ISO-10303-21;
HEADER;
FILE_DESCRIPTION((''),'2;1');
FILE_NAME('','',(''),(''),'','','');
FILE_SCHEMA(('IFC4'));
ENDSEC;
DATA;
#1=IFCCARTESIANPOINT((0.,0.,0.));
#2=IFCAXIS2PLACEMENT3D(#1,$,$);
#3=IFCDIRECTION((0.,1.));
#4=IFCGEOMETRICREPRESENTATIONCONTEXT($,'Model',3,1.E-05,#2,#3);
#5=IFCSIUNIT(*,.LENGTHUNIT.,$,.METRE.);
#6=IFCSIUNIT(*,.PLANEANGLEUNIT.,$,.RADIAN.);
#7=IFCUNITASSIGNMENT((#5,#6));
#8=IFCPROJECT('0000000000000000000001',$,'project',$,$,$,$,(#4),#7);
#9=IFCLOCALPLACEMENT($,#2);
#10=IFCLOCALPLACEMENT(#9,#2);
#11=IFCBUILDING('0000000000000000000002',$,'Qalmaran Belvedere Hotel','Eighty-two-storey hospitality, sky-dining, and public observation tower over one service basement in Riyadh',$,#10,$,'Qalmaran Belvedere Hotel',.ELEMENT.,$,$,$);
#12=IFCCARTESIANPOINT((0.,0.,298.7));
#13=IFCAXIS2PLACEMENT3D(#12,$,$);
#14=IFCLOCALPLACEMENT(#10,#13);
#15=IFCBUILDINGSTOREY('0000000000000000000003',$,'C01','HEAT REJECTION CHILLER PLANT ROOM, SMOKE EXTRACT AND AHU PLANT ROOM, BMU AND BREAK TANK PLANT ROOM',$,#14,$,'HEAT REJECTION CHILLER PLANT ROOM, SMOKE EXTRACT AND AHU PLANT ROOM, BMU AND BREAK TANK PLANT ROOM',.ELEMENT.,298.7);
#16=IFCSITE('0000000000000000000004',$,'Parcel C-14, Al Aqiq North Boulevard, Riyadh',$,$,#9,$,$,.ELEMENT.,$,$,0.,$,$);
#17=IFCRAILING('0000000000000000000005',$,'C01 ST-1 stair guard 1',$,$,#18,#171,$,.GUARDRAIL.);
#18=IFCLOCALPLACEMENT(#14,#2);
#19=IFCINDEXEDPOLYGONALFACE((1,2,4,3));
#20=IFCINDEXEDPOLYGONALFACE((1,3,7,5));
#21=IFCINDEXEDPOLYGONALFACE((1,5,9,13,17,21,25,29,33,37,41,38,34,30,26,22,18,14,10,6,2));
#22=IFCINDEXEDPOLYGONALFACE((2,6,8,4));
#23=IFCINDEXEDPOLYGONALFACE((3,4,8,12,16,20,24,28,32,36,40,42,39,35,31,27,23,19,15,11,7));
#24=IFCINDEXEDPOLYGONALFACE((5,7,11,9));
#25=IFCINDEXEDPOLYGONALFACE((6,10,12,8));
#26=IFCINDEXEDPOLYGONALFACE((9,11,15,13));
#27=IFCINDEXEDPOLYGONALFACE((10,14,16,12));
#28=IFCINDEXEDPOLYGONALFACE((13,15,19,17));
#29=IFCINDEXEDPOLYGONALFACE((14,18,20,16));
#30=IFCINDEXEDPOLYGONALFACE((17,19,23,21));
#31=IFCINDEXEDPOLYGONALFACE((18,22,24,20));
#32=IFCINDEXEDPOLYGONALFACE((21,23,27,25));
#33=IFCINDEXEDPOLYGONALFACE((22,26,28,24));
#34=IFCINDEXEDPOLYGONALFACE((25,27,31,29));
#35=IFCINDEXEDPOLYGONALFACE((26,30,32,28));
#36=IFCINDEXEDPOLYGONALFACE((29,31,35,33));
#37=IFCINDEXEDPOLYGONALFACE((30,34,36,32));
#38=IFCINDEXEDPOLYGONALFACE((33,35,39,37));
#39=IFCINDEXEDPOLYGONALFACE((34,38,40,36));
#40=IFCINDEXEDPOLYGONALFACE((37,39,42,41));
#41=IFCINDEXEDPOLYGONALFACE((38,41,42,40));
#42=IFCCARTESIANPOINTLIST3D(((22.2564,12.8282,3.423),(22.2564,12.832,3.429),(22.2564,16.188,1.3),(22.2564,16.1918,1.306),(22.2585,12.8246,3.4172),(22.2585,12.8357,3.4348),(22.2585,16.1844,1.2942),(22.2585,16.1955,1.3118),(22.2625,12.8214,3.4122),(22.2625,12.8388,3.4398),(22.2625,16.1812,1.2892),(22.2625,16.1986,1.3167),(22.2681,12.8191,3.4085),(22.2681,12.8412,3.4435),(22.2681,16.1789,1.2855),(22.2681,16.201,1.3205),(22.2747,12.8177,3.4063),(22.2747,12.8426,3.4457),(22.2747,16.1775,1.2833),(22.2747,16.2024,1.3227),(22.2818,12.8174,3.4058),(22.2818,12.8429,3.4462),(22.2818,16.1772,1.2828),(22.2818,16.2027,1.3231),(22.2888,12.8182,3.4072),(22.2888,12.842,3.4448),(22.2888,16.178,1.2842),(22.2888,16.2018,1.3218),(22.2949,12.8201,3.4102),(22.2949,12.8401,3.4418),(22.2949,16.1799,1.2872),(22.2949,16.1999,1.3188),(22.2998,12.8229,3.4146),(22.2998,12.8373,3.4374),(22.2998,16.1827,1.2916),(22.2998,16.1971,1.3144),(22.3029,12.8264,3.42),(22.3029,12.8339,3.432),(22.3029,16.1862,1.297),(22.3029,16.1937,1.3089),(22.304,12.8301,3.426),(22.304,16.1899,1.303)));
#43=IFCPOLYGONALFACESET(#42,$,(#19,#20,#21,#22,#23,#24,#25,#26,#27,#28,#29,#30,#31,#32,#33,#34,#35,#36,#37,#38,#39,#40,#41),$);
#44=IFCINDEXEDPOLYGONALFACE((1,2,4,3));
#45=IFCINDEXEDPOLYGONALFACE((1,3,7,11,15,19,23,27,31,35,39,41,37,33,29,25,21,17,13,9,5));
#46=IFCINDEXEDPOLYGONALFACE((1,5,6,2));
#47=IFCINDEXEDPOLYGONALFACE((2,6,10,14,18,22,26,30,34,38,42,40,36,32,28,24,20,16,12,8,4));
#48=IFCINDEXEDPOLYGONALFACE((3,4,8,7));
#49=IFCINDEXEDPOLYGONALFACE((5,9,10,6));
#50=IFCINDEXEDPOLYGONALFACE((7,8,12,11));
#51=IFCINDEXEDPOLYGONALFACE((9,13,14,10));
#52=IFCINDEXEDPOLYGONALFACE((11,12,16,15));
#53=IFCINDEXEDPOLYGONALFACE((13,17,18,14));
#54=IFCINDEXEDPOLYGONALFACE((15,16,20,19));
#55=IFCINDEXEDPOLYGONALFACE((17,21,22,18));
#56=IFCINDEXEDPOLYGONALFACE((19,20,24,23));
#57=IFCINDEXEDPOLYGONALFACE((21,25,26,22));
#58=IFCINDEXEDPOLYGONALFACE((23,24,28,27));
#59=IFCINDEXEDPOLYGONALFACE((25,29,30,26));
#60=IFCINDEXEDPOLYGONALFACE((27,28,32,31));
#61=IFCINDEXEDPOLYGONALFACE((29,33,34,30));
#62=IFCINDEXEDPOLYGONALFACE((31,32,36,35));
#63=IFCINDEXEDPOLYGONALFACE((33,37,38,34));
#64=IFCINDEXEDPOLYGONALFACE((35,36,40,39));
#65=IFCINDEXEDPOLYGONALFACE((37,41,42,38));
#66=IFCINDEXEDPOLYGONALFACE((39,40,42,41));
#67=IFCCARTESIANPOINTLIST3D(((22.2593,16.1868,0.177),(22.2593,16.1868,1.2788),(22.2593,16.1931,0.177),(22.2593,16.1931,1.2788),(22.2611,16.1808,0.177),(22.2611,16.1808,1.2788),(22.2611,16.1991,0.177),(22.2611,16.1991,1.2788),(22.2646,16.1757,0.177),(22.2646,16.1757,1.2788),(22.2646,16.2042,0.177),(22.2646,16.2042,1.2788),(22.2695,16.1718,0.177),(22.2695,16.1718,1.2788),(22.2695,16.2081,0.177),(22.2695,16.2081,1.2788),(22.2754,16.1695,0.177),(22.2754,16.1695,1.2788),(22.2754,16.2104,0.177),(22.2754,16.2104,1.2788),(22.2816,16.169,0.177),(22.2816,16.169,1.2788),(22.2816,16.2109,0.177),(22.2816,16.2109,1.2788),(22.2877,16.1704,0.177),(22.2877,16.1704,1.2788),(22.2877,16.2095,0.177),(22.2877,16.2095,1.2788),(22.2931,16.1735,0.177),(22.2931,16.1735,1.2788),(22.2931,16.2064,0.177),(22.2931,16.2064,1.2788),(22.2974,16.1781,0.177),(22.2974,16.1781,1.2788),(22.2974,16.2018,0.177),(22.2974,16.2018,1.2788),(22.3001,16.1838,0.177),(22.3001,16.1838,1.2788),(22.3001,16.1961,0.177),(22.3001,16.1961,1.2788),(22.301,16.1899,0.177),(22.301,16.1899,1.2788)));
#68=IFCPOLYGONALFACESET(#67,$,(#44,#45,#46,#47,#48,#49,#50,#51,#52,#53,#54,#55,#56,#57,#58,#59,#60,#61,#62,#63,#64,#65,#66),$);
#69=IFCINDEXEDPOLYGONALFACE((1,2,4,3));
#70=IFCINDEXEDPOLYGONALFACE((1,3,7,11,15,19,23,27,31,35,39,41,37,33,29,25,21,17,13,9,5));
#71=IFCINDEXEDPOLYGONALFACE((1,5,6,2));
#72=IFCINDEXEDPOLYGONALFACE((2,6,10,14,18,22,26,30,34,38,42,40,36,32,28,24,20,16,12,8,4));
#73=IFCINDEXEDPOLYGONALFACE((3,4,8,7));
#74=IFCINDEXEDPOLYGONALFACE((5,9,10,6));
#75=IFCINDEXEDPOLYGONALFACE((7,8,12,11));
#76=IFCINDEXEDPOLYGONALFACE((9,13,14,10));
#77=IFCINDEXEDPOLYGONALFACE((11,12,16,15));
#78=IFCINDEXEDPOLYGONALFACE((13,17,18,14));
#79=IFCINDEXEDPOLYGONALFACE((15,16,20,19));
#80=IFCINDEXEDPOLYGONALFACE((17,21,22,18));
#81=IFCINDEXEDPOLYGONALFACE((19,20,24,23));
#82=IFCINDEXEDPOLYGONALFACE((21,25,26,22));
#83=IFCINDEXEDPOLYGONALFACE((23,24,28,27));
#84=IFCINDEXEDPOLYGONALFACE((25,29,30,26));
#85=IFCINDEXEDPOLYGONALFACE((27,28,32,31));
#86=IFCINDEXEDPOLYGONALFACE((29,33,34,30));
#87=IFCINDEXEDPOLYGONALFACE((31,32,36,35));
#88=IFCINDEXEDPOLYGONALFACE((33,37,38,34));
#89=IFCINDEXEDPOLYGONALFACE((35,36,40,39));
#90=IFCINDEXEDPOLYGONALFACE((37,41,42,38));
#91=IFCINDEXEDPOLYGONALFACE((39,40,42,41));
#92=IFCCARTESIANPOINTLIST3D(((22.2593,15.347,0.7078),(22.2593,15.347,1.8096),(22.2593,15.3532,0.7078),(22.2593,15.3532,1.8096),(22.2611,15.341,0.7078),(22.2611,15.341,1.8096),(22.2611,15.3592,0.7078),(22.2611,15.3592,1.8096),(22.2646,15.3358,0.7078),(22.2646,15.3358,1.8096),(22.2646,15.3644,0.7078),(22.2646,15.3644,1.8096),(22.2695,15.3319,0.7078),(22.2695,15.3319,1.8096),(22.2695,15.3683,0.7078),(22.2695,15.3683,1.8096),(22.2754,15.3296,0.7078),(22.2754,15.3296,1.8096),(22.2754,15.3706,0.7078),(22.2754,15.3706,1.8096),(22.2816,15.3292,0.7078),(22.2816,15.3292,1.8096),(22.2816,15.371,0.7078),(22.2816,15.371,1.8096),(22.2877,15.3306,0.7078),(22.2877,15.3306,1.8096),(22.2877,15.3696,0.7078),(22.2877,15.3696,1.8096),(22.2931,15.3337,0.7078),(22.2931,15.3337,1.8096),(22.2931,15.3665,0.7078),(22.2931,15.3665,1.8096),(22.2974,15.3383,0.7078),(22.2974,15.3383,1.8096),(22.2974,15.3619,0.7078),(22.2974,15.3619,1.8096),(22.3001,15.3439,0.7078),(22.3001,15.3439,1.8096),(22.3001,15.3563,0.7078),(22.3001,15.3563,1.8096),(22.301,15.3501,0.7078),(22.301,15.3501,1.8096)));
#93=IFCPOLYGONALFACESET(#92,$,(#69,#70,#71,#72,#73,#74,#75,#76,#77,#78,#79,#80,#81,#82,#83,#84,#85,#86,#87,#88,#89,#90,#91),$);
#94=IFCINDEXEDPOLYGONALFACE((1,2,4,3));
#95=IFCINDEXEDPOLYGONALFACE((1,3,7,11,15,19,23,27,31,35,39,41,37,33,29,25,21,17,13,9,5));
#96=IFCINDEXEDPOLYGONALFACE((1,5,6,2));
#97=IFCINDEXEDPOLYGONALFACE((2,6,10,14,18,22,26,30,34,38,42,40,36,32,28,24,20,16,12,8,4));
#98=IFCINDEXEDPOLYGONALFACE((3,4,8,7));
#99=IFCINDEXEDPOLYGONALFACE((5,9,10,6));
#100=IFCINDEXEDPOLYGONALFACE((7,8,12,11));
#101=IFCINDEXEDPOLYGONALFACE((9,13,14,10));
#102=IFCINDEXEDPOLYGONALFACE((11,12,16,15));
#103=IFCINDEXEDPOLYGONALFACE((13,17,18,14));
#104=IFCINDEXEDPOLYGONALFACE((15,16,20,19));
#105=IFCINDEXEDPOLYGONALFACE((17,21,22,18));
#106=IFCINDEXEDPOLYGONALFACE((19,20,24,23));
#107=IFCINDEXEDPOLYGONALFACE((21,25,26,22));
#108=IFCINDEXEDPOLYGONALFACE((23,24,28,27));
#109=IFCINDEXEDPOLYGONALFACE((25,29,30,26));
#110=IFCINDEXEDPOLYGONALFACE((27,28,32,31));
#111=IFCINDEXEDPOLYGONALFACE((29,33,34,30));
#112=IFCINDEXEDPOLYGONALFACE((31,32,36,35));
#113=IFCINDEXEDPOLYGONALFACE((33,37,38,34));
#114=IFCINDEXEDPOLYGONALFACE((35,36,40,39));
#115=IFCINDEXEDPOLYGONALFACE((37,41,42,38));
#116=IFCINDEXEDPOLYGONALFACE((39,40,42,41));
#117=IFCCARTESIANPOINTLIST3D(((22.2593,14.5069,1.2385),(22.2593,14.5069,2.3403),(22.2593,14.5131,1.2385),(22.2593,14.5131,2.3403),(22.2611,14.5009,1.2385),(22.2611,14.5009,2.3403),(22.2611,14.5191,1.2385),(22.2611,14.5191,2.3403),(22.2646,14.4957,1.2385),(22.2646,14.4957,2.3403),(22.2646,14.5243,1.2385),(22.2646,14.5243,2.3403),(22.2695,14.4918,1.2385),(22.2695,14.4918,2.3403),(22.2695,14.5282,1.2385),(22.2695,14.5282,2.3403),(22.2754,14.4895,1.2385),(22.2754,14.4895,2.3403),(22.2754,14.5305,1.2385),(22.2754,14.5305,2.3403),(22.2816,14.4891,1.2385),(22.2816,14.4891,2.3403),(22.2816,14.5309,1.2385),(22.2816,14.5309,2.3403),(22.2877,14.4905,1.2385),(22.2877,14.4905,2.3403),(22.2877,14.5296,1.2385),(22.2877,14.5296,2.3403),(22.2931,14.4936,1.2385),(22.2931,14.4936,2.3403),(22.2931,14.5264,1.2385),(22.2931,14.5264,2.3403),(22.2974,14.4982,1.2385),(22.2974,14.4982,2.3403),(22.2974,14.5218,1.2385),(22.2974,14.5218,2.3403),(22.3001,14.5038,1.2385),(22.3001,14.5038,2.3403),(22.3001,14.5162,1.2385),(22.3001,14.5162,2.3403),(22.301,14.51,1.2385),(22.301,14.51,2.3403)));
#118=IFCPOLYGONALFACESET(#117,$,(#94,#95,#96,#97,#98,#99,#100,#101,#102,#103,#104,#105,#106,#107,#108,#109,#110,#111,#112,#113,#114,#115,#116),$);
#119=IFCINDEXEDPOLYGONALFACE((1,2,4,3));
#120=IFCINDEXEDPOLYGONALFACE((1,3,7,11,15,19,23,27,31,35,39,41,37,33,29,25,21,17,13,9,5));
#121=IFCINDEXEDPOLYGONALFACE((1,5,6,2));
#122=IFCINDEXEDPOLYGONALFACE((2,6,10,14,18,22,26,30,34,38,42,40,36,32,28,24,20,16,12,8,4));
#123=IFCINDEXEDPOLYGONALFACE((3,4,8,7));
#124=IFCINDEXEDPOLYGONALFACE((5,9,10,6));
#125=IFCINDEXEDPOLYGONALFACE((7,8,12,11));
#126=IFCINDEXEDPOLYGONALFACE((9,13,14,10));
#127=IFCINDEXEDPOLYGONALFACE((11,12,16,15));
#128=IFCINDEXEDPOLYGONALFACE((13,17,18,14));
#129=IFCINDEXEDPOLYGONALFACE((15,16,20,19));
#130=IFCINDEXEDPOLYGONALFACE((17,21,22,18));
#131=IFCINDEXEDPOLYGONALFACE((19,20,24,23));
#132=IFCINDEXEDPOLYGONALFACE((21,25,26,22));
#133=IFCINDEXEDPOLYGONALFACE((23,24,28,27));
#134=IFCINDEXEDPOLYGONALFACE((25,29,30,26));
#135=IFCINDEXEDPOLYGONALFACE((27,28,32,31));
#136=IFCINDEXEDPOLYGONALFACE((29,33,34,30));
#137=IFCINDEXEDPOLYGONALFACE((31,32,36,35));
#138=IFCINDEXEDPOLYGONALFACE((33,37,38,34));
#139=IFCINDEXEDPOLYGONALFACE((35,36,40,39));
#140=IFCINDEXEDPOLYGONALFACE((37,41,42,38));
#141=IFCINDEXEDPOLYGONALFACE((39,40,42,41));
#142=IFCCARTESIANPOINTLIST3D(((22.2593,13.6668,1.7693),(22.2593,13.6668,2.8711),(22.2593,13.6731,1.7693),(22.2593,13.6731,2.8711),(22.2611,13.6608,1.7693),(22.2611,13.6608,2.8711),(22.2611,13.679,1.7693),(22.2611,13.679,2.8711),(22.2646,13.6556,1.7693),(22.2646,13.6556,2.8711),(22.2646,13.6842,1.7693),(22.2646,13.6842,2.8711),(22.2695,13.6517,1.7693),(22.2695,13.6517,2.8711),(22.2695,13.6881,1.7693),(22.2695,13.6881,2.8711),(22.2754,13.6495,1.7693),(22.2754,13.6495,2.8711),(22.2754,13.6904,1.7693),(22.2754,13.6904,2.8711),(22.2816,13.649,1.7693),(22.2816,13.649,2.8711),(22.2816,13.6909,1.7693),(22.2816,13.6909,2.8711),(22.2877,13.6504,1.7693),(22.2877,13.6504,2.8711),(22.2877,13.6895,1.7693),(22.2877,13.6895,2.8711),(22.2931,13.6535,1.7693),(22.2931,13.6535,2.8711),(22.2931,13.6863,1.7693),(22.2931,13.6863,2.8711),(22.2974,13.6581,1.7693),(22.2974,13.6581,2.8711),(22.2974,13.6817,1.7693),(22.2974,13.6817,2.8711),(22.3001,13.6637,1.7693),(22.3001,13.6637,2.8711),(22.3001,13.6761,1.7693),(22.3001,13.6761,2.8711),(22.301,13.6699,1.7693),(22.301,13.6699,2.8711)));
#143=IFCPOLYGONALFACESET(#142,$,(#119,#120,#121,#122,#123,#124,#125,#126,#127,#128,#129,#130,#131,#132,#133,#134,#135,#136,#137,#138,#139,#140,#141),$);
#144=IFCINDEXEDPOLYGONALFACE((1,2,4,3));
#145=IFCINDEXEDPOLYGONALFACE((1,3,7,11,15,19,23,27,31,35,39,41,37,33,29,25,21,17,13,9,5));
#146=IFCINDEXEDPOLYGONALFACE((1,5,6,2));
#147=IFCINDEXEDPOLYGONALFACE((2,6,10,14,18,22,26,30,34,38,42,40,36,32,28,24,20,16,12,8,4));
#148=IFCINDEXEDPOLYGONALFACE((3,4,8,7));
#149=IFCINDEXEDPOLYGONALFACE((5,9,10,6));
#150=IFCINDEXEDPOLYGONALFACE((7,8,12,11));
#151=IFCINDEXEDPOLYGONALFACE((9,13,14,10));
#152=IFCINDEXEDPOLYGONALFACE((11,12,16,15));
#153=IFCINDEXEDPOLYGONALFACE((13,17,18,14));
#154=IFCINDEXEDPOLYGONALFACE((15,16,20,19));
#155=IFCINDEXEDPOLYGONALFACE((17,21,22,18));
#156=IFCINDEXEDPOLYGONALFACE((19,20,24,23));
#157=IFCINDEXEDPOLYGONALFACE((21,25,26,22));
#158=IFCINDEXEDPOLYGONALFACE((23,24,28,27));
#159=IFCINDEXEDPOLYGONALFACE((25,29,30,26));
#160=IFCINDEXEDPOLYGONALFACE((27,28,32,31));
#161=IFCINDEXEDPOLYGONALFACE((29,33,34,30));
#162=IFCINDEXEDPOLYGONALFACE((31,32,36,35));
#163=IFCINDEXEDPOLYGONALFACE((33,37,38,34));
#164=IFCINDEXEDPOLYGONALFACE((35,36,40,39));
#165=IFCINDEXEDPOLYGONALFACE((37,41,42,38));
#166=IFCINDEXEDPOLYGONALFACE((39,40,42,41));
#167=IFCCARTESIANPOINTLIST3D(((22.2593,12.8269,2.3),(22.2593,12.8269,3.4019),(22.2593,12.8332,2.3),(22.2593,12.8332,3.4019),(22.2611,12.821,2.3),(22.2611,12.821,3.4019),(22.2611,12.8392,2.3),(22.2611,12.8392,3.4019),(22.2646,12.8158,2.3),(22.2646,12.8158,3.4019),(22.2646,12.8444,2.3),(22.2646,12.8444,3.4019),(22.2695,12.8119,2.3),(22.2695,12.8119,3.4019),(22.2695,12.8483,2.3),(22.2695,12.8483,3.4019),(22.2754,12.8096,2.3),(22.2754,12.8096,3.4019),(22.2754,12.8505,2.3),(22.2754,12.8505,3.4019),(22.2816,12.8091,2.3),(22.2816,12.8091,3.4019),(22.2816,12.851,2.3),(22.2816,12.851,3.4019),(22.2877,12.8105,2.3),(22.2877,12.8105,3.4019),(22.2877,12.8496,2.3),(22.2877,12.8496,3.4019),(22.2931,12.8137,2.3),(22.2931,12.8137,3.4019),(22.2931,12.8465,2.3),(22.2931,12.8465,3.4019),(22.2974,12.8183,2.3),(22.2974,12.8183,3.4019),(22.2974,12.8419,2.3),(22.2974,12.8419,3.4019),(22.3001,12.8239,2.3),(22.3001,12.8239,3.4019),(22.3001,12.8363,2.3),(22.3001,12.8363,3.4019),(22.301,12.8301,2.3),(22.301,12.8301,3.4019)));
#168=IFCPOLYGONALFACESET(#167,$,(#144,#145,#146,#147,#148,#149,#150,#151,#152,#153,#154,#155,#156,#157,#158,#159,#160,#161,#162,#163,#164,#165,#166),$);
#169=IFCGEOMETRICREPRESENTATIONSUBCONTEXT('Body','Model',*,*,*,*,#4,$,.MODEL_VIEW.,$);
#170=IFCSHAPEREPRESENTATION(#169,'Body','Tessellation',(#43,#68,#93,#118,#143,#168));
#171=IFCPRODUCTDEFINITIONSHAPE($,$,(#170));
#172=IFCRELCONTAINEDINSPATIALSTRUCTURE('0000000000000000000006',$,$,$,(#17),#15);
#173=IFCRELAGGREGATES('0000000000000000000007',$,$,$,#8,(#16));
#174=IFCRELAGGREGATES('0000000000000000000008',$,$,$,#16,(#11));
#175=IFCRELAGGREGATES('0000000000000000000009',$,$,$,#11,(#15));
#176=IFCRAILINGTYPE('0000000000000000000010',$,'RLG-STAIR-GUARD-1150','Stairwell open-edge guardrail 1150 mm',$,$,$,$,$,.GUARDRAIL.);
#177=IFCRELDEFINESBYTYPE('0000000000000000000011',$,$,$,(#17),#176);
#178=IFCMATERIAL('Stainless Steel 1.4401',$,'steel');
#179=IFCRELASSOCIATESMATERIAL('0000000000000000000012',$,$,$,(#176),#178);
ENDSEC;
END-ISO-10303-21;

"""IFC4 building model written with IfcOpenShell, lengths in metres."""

from ifc_helpers import new_model, si_unit, direction, frame, origin, origin_2d, place, context, subcontext, project, spatial, circle, extrude, material, type_object, element, save


model = new_model("IFC4")

# Units and contexts
model_context = context("Model", 3, precision=1e-05, world=origin(), true_north=direction((0.0, 1.0)))
body_context = subcontext(model_context, "Body", "Model", "MODEL_VIEW")
ifc_project = project(units=[si_unit("LENGTHUNIT", "METRE"), si_unit("PLANEANGLEUNIT", "RADIAN")], contexts=[model_context])

# Site, building, storey
site_placement = place(None, origin())
site = spatial("IfcSite", under=ifc_project, at=site_placement, Name="Parcel C-14, Al Aqiq North Boulevard, Riyadh", CompositionType="ELEMENT", RefElevation=0.0)
building_placement = place(site_placement, origin())
building = spatial("IfcBuilding", under=site, at=building_placement, Name="Qalmaran Belvedere Hotel", Description="Eighty-two-storey hospitality, sky-dining, and public observation tower over one service basement in Riyadh", LongName="Qalmaran Belvedere Hotel", CompositionType="ELEMENT")
storey_placement = place(building_placement, frame((0.0, 0.0, 298.7)))
storey = spatial("IfcBuildingStorey", under=building, at=storey_placement, Name="C01", Description="HEAT REJECTION CHILLER PLANT ROOM, SMOKE EXTRACT AND AHU PLANT ROOM, BMU AND BREAK TANK PLANT ROOM", LongName="HEAT REJECTION CHILLER PLANT ROOM, SMOKE EXTRACT AND AHU PLANT ROOM, BMU AND BREAK TANK PLANT ROOM", CompositionType="ELEMENT", Elevation=298.7)

# Shared definitions
ifc_material_1 = material(Name="Stainless Steel 1.4401", Category="steel")

# Railing
railing_type_1 = type_object("IfcRailingType", Name="RLG-STAIR-GUARD-1150", Description="Stairwell open-edge guardrail 1150 mm", PredefinedType="GUARDRAIL", material=ifc_material_1)
railing_1_placement = place(storey_placement, frame((22.28, 16.1899, 0.177)))
element("IfcRailing", 1, at=railing_1_placement, inside=storey, type_object=railing_type_1, Name="C01 ST-1 stair guard 1", PredefinedType="GUARDRAIL", context=body_context, shape_type="SweptSolid", body=[
    extrude(circle(Radius=0.0239, at=origin_2d()), frame((0.0, 0.0, 1.126), z_axis=(0.0, -0.845372, 0.534178), x_axis=(1.0, 0.0, 0.0)), (0.0, 0.0, 1.0), 3.9744),
    extrude(circle(Radius=0.021, at=origin_2d()), origin(), (0.0, 0.0, 1.0), 1.1018),
    extrude(circle(Radius=0.021, at=origin_2d()), frame((0.0, -0.8398, 0.5308)), (0.0, 0.0, 1.0), 1.1018),
    extrude(circle(Radius=0.021, at=origin_2d()), frame((0.0, -1.6799, 1.0615)), (0.0, 0.0, 1.0), 1.1018),
    extrude(circle(Radius=0.021, at=origin_2d()), frame((0.0, -2.52, 1.5923)), (0.0, 0.0, 1.0), 1.1018),
    extrude(circle(Radius=0.021, at=origin_2d()), frame((0.0, -3.3599, 2.123)), (0.0, 0.0, 1.0), 1.1018),
])

save(model, "model.ifc")
